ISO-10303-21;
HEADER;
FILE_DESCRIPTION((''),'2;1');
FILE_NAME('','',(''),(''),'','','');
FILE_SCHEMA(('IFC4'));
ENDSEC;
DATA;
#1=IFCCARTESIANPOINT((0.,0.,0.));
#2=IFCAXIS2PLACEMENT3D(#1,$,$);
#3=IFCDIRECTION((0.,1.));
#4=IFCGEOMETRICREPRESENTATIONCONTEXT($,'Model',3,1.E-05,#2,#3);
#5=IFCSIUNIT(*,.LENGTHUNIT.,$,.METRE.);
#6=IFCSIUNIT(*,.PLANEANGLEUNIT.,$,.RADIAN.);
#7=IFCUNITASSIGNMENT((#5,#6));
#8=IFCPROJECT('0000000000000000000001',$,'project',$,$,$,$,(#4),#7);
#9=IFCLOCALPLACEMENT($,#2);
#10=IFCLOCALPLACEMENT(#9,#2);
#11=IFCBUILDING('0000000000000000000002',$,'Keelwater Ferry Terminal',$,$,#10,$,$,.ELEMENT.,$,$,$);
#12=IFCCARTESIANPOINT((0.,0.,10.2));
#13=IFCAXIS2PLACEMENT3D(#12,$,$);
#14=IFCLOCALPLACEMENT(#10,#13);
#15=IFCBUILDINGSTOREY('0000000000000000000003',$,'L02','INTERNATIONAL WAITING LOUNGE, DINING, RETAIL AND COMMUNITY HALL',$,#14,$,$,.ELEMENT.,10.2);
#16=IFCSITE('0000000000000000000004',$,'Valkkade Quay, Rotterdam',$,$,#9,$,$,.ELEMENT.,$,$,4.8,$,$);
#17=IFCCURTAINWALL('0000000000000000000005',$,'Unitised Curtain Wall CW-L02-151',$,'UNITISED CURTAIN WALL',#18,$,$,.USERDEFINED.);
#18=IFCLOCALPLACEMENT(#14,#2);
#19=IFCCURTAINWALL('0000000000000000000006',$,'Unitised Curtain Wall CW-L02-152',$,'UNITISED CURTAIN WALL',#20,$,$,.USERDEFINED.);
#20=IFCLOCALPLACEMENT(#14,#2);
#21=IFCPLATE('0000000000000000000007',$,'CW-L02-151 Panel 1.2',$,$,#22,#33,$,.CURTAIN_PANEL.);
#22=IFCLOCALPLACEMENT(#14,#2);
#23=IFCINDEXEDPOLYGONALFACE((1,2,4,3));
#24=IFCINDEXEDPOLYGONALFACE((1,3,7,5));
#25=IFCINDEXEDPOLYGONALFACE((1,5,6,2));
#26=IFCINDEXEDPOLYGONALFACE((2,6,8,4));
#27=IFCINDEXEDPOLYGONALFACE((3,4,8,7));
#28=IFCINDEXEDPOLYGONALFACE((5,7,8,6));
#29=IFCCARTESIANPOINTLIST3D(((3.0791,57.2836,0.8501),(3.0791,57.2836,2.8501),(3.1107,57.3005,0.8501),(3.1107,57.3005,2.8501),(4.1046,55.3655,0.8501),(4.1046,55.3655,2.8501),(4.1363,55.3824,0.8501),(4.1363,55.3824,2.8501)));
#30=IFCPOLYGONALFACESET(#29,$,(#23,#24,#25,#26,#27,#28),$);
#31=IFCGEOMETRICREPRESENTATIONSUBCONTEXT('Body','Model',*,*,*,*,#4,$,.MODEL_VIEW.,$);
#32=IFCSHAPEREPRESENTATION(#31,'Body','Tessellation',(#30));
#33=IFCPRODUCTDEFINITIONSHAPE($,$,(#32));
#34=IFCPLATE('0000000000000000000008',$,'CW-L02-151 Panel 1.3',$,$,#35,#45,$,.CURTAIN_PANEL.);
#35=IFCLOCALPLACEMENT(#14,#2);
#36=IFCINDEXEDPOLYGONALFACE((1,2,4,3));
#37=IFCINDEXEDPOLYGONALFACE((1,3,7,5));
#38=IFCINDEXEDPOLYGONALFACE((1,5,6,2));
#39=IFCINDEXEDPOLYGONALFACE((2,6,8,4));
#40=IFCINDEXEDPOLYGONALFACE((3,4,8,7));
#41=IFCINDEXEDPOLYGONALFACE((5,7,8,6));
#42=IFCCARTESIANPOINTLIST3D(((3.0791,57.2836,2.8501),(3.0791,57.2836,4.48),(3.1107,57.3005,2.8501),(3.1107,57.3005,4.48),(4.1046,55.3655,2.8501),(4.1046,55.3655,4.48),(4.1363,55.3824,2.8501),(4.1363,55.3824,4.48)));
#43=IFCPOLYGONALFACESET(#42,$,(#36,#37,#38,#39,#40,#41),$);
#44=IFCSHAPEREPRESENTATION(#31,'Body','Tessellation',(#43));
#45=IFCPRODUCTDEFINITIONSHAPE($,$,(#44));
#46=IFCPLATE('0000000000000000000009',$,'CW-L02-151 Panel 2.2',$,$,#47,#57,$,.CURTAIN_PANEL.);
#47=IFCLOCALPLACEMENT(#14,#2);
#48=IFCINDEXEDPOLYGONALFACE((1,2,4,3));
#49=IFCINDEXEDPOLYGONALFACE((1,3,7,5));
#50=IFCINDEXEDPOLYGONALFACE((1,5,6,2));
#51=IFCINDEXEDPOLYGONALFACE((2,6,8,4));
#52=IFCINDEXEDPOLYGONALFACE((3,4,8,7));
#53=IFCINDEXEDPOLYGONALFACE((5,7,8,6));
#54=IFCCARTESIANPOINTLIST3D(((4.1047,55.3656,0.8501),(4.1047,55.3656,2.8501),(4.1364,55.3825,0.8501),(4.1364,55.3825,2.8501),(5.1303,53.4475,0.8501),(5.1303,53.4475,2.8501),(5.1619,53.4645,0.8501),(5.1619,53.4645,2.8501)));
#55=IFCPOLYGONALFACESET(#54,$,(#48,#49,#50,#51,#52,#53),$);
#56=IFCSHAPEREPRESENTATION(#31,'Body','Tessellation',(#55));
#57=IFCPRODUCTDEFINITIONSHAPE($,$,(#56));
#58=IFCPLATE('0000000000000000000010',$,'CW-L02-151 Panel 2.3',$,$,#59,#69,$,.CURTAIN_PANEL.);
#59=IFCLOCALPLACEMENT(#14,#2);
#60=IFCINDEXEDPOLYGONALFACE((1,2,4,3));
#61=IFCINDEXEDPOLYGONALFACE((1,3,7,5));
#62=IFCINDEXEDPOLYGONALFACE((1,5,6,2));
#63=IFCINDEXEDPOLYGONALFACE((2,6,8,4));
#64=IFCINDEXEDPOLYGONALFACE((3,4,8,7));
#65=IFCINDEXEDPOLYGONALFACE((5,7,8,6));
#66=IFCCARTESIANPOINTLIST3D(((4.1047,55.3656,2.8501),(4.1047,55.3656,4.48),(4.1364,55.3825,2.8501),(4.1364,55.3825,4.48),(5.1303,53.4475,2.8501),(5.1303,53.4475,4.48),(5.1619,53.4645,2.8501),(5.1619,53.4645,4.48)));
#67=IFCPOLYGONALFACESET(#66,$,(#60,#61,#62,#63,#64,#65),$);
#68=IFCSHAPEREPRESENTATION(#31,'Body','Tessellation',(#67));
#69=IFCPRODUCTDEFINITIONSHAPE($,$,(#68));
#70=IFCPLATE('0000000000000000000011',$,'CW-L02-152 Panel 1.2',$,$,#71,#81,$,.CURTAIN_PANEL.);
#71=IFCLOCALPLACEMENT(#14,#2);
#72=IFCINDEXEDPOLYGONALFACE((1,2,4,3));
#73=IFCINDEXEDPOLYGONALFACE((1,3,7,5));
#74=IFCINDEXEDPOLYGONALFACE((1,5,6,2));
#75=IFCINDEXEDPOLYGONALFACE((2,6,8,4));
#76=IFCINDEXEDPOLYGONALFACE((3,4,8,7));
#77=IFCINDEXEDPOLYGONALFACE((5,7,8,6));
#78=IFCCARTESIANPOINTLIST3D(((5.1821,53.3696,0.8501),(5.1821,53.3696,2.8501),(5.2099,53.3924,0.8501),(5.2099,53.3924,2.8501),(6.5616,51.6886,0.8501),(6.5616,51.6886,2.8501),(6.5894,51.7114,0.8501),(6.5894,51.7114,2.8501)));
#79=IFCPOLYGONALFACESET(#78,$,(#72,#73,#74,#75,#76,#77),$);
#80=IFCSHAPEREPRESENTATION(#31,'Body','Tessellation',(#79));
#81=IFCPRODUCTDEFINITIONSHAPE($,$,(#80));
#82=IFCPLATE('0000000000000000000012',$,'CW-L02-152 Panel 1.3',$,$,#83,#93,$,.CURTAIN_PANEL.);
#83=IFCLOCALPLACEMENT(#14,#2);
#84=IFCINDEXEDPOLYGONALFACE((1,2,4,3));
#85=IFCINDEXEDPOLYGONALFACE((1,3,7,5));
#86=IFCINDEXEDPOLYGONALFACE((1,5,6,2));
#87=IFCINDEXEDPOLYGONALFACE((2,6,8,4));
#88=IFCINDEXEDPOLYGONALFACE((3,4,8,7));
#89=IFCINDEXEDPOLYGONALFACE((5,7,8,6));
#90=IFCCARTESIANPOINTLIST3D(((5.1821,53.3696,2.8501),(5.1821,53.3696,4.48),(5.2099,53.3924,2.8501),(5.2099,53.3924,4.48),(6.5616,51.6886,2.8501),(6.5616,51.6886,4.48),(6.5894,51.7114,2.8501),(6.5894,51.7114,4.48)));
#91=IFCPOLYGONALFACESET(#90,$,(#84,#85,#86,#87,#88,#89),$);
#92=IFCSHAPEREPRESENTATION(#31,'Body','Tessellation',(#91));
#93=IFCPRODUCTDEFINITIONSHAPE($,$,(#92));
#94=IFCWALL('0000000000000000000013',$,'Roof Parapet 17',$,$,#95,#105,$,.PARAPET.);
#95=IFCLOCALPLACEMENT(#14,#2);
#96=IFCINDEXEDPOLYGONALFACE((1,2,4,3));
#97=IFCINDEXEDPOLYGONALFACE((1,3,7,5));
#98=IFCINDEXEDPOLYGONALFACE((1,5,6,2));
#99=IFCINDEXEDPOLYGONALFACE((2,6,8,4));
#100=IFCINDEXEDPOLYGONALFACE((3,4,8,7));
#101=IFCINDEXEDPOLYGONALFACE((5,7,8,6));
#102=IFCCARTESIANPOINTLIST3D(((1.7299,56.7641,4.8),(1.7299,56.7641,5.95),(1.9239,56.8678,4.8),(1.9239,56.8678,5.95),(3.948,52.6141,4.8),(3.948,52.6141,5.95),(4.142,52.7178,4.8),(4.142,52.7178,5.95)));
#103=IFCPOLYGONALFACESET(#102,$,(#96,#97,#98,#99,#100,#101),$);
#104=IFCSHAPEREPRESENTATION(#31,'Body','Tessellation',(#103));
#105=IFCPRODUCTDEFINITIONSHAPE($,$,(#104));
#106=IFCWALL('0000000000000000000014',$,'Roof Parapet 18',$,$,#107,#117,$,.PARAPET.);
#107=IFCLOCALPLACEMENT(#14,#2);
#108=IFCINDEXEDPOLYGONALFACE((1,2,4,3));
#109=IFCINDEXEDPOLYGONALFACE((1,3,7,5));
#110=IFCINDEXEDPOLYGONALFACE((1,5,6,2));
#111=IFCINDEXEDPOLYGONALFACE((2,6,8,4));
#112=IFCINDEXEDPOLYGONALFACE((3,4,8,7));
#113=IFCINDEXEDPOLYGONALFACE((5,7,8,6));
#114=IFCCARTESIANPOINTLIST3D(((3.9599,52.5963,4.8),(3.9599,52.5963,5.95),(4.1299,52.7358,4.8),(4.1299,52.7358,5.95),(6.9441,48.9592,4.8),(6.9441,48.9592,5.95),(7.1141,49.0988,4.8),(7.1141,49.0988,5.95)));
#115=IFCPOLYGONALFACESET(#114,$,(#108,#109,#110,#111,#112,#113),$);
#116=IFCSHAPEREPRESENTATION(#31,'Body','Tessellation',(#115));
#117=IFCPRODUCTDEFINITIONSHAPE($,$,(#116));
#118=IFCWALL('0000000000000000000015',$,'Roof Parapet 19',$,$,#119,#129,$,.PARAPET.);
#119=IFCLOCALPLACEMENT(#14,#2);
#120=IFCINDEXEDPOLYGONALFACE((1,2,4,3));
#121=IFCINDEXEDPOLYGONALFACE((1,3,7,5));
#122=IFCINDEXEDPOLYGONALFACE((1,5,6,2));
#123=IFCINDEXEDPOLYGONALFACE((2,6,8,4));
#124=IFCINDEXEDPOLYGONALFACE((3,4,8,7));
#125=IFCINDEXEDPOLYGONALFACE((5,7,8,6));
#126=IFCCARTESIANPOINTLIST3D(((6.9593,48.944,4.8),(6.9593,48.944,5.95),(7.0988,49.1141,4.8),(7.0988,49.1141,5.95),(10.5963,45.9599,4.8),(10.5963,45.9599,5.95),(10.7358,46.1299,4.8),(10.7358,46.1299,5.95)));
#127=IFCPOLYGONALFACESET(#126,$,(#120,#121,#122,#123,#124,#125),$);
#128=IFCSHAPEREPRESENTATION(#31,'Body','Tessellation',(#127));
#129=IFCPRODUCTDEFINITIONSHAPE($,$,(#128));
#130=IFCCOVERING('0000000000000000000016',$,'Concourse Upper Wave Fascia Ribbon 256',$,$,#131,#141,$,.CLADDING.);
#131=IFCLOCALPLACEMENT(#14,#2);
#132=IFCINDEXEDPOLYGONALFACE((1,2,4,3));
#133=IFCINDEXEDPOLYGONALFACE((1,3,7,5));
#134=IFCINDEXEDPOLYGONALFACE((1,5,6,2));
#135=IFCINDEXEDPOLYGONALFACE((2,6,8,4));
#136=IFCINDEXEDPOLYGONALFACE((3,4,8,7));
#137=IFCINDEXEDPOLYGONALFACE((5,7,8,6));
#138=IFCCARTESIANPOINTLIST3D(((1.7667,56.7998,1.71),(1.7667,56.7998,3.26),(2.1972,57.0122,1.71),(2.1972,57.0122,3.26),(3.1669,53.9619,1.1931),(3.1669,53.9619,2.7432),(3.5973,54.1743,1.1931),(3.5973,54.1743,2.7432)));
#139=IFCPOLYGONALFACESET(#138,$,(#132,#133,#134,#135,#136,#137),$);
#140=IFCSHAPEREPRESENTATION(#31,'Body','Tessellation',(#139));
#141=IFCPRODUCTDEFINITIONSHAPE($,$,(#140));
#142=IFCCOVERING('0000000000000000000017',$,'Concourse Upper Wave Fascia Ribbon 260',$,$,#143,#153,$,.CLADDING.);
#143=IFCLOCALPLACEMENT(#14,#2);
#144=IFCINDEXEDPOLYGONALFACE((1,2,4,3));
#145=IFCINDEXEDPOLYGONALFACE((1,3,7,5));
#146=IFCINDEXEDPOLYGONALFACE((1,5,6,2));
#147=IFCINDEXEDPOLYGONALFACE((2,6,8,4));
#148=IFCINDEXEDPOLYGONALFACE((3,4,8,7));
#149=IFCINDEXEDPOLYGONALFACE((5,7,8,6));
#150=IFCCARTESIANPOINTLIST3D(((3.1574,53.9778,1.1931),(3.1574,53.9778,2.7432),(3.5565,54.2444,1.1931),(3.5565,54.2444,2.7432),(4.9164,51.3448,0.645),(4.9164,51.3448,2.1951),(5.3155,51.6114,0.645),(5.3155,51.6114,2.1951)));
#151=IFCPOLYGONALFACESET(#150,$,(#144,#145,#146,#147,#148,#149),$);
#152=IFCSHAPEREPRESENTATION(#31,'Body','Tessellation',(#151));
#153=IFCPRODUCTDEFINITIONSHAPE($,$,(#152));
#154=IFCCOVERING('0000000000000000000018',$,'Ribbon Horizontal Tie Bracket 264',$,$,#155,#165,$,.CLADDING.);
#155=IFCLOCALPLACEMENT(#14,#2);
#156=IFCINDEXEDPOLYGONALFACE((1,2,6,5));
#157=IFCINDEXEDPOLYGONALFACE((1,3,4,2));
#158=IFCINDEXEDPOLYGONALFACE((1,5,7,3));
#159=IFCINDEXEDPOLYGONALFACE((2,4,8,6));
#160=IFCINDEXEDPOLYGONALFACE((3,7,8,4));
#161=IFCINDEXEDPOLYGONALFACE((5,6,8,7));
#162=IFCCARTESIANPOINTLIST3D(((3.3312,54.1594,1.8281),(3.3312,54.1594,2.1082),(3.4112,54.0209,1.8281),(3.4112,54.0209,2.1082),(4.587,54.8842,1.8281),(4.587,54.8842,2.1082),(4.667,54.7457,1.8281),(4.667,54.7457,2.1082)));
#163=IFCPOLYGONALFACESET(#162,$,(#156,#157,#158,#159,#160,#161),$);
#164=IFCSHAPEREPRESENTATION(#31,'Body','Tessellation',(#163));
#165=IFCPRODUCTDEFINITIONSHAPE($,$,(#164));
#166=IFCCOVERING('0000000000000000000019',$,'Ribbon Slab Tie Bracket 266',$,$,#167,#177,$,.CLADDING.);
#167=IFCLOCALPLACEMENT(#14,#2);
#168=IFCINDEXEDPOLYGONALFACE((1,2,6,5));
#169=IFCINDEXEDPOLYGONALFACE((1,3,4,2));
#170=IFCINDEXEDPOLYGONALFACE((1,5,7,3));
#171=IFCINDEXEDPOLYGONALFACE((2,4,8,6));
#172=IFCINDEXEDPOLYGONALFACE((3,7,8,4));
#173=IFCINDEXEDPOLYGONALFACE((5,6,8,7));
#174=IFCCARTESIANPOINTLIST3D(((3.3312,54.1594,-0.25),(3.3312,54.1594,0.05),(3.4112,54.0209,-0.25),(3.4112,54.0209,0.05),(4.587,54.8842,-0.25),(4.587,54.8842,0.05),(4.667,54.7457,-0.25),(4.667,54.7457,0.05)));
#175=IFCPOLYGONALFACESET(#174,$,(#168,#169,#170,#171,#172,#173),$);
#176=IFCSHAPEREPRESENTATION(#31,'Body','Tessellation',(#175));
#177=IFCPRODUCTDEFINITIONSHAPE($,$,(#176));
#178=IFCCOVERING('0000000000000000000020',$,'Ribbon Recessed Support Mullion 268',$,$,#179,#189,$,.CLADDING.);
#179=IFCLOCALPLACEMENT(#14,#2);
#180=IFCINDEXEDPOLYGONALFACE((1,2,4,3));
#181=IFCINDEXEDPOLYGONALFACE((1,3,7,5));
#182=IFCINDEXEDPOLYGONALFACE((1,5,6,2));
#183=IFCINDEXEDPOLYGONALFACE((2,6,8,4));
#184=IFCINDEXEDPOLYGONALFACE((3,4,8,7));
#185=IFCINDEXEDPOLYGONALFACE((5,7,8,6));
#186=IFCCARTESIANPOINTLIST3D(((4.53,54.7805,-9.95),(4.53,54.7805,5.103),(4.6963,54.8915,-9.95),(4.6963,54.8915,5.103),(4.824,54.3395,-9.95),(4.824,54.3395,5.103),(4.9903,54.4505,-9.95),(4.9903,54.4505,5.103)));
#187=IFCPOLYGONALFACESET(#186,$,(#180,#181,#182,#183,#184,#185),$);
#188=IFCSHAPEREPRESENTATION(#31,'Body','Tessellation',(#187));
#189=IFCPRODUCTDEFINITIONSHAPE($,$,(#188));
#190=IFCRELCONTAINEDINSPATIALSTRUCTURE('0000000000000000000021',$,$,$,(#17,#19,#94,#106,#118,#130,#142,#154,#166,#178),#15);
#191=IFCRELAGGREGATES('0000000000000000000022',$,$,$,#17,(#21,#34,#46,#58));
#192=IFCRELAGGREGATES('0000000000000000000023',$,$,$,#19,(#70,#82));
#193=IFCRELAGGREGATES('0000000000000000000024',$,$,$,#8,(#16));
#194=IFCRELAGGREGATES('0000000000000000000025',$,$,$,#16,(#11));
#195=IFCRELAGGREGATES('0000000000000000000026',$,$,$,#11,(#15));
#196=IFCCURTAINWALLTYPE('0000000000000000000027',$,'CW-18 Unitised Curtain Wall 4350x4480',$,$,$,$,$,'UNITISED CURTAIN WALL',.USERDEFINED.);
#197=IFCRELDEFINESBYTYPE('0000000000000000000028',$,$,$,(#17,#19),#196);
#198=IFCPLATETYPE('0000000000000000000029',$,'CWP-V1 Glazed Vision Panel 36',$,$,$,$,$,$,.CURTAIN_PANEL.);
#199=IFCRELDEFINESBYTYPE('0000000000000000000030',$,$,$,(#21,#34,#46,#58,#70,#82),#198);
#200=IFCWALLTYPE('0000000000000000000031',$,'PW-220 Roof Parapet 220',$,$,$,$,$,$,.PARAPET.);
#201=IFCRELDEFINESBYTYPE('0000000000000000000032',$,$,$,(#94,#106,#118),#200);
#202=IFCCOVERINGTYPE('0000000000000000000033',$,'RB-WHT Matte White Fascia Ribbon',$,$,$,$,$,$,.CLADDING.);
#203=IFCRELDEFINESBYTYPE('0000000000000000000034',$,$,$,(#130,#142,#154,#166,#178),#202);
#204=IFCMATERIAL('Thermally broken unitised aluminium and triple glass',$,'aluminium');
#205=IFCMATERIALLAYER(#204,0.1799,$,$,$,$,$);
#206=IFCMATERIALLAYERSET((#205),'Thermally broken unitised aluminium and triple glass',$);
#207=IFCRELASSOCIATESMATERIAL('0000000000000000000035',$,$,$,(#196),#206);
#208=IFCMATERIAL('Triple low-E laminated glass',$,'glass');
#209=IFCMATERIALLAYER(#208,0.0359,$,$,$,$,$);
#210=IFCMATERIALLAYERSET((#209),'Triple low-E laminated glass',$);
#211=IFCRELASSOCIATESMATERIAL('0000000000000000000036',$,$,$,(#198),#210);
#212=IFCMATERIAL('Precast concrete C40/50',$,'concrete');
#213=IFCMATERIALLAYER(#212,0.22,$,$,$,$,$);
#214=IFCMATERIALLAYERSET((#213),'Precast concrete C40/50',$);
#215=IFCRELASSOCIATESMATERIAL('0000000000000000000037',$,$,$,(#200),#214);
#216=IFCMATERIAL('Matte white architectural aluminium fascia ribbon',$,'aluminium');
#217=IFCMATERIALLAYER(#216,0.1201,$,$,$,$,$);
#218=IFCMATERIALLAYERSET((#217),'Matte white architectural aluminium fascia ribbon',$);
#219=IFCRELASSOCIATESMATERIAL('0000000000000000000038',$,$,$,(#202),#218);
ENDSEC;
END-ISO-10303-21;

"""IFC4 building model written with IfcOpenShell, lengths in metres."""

from ifc_helpers import new_model, si_unit, direction, frame, frame_2d, origin, origin_2d, place, context, subcontext, project, spatial, polyline, rectangle, outline, extrude, material, layer, layer_set, type_object, element, aggregate, save


model = new_model("IFC4")

# Units and contexts
model_context = context("Model", 3, precision=1e-05, world=origin(), true_north=direction((0.0, 1.0)))
body_context = subcontext(model_context, "Body", "Model", "MODEL_VIEW")
ifc_project = project(units=[si_unit("LENGTHUNIT", "METRE"), si_unit("PLANEANGLEUNIT", "RADIAN")], contexts=[model_context])

# Site, building, storey
site_placement = place(None, origin())
site = spatial("IfcSite", under=ifc_project, at=site_placement, Name="Valkkade Quay, Rotterdam", CompositionType="ELEMENT", RefElevation=4.8)
building_placement = place(site_placement, origin())
building = spatial("IfcBuilding", under=site, at=building_placement, Name="Keelwater Ferry Terminal", CompositionType="ELEMENT")
storey_placement = place(building_placement, frame((0.0, 0.0, 10.2)))
storey = spatial("IfcBuildingStorey", under=building, at=storey_placement, Name="L02", Description="INTERNATIONAL WAITING LOUNGE, DINING, RETAIL AND COMMUNITY HALL", CompositionType="ELEMENT", Elevation=10.2)

# Curtain walls
ifc_material_1 = material(Name="Thermally broken unitised aluminium and triple glass", Category="aluminium")
ifc_layer_1 = layer(ifc_material_1, 0.1799)
ifc_layer_set_1 = layer_set([ifc_layer_1], Name="Thermally broken unitised aluminium and triple glass")
curtain_wall_type = type_object("IfcCurtainWallType", Name="CW-18 Unitised Curtain Wall 4350x4480", ElementType="UNITISED CURTAIN WALL", PredefinedType="USERDEFINED", material=ifc_layer_set_1)
curtain_wall_1_placement = place(storey_placement, origin())
curtain_wall_1 = element("IfcCurtainWall", 1, at=curtain_wall_1_placement, inside=storey, type_object=curtain_wall_type, Name="Unitised Curtain Wall CW-L02-151", ObjectType="UNITISED CURTAIN WALL", PredefinedType="USERDEFINED")
curtain_wall_2_placement = place(storey_placement, origin())
curtain_wall_2 = element("IfcCurtainWall", 2, at=curtain_wall_2_placement, inside=storey, type_object=curtain_wall_type, Name="Unitised Curtain Wall CW-L02-152", ObjectType="UNITISED CURTAIN WALL", PredefinedType="USERDEFINED")

# Plates
ifc_material_2 = material(Name="Triple low-E laminated glass", Category="glass")
ifc_layer_2 = layer(ifc_material_2, 0.0359)
ifc_layer_set_2 = layer_set([ifc_layer_2], Name="Triple low-E laminated glass")
plate_type_1 = type_object("IfcPlateType", Name="CWP-V1 Glazed Vision Panel 36", PredefinedType="CURTAIN_PANEL", material=ifc_layer_set_2)
plate_1_placement = place(storey_placement, frame((3.6077, 56.333, 0.8501), z_axis=(0.0, 0.0, 1.0), x_axis=(0.471507, -0.881862, 0.0)))
plate_1 = element("IfcPlate", 3, at=plate_1_placement, type_object=plate_type_1, Name="CW-L02-151 Panel 1.2", PredefinedType="CURTAIN_PANEL", context=body_context, shape_type="SweptSolid", body=[
    extrude(rectangle(XDim=2.175, YDim=0.0359, at=origin_2d()), origin(), (0.0, 0.0, 1.0), 2.0),
])
plate_2_placement = place(storey_placement, frame((3.6077, 56.333, 2.8501), z_axis=(0.0, 0.0, 1.0), x_axis=(0.471507, -0.881862, 0.0)))
plate_2 = element("IfcPlate", 4, at=plate_2_placement, type_object=plate_type_1, Name="CW-L02-151 Panel 1.3", PredefinedType="CURTAIN_PANEL", context=body_context, shape_type="SweptSolid", body=[
    extrude(rectangle(XDim=2.175, YDim=0.0359, at=origin_2d()), origin(), (0.0, 0.0, 1.0), 1.6299),
])
plate_3_placement = place(storey_placement, frame((4.6333, 54.415, 0.8501), z_axis=(0.0, 0.0, 1.0), x_axis=(0.471507, -0.881862, 0.0)))
plate_3 = element("IfcPlate", 5, at=plate_3_placement, type_object=plate_type_1, Name="CW-L02-151 Panel 2.2", PredefinedType="CURTAIN_PANEL", context=body_context, shape_type="SweptSolid", body=[
    extrude(rectangle(XDim=2.175, YDim=0.0359, at=origin_2d()), origin(), (0.0, 0.0, 1.0), 2.0),
])
plate_4_placement = place(storey_placement, frame((4.6333, 54.415, 2.8501), z_axis=(0.0, 0.0, 1.0), x_axis=(0.471507, -0.881862, 0.0)))
plate_4 = element("IfcPlate", 6, at=plate_4_placement, type_object=plate_type_1, Name="CW-L02-151 Panel 2.3", PredefinedType="CURTAIN_PANEL", context=body_context, shape_type="SweptSolid", body=[
    extrude(rectangle(XDim=2.175, YDim=0.0359, at=origin_2d()), origin(), (0.0, 0.0, 1.0), 1.6299),
])
aggregate(curtain_wall_1, [plate_1, plate_2, plate_3, plate_4])
plate_5_placement = place(storey_placement, frame((5.8857, 52.5405, 0.8501), z_axis=(0.0, 0.0, 1.0), x_axis=(0.634377, -0.773024, 0.0)))
plate_5 = element("IfcPlate", 7, at=plate_5_placement, type_object=plate_type_1, Name="CW-L02-152 Panel 1.2", PredefinedType="CURTAIN_PANEL", context=body_context, shape_type="SweptSolid", body=[
    extrude(rectangle(XDim=2.1746, YDim=0.0359, at=origin_2d()), origin(), (0.0, 0.0, 1.0), 2.0),
])
plate_6_placement = place(storey_placement, frame((5.8857, 52.5405, 2.8501), z_axis=(0.0, 0.0, 1.0), x_axis=(0.634377, -0.773024, 0.0)))
plate_6 = element("IfcPlate", 8, at=plate_6_placement, type_object=plate_type_1, Name="CW-L02-152 Panel 1.3", PredefinedType="CURTAIN_PANEL", context=body_context, shape_type="SweptSolid", body=[
    extrude(rectangle(XDim=2.1746, YDim=0.0359, at=origin_2d()), origin(), (0.0, 0.0, 1.0), 1.6299),
])
aggregate(curtain_wall_2, [plate_5, plate_6])

# Walls
ifc_material_3 = material(Name="Precast concrete C40/50", Category="concrete")
ifc_layer_3 = layer(ifc_material_3, 0.22)
ifc_layer_set_3 = layer_set([ifc_layer_3], Name="Precast concrete C40/50")
wall_type = type_object("IfcWallType", Name="PW-220 Roof Parapet 220", PredefinedType="PARAPET", material=ifc_layer_set_3)
wall_placement = place(storey_placement, frame((1.8269, 56.8159, 4.8), z_axis=(0.0, 0.0, 1.0), x_axis=(0.471372, -0.881935, 0.0)))
element("IfcWall", 9, at=wall_placement, inside=storey, type_object=wall_type, Name="Roof Parapet 17", PredefinedType="PARAPET", context=body_context, shape_type="SweptSolid", body=[
    extrude(rectangle(XDim=4.7056, YDim=0.22, at=frame_2d((2.3528, 0.0))), origin(), (0.0, 0.0, 1.0), 1.1499),
])
for number, where, z_axis, x_axis, name in (
    (10, (4.0449, 52.666, 4.8), (0.0, 0.0, 1.0), (0.634311, -0.773078, 0.0), "Roof Parapet 18"),
    (11, (7.0291, 49.0291, 4.8), (0.0, 0.0, 1.0), (0.773078, -0.634311, 0.0), "Roof Parapet 19"),
):
    element("IfcWall", number, at=place(storey_placement, frame(where, z_axis=z_axis, x_axis=x_axis)), inside=storey, type_object=wall_type, Name=name, PredefinedType="PARAPET", context=body_context, shape_type="SweptSolid", body=[
        extrude(rectangle(XDim=4.7046, YDim=0.22, at=frame_2d((2.3523, 0.0))), origin(), (0.0, 0.0, 1.0), 1.1499),
    ])

# Coverings
ifc_material_4 = material(Name="Matte white architectural aluminium fascia ribbon", Category="aluminium")
ifc_layer_4 = layer(ifc_material_4, 0.1201)
ifc_layer_set_4 = layer_set([ifc_layer_4], Name="Matte white architectural aluminium fascia ribbon")
covering_type = type_object("IfcCoveringType", Name="RB-WHT Matte White Fascia Ribbon", PredefinedType="CLADDING", material=ifc_layer_set_4)
covering_1_placement = place(storey_placement, frame((1.9819, 56.906, 1.1931), z_axis=(0.0, 0.0, 1.0), x_axis=(0.442455, -0.896791, 0.0)))
element("IfcCovering", 12, at=covering_1_placement, inside=storey, type_object=covering_type, Name="Concourse Upper Wave Fascia Ribbon 256", PredefinedType="CLADDING", context=body_context, shape_type="SweptSolid", body=[
    extrude(outline(polyline([(0.0, 0.5168), (3.1646, 0.0), (3.1646, 1.55), (0.0, 2.0669), (0.0, 0.5168)])), frame((0.0, 0.24, 0.0), z_axis=(0.0, -1.0, 0.0), x_axis=(1.0, 0.0, 0.0)), (0.0, 0.0, 1.0), 0.48),
])
covering_2_placement = place(storey_placement, frame((3.3569, 54.1111, 0.645), z_axis=(0.0, 0.0, 1.0), x_axis=(0.555501, -0.831516, 0.0)))
element("IfcCovering", 13, at=covering_2_placement, inside=storey, type_object=covering_type, Name="Concourse Upper Wave Fascia Ribbon 260", PredefinedType="CLADDING", context=body_context, shape_type="SweptSolid", body=[
    extrude(outline(polyline([(0.0, 0.5481), (3.1665, 0.0), (3.1665, 1.55), (0.0, 2.0981), (0.0, 0.5481)])), frame((0.0, 0.24, 0.0), z_axis=(0.0, -1.0, 0.0), x_axis=(1.0, 0.0, 0.0)), (0.0, 0.0, 1.0), 0.48),
])
covering_3_placement = place(storey_placement, frame((3.3711, 54.0901, 1.8281), z_axis=(0.0, 0.0, 1.0), x_axis=(0.86609, 0.499888, 0.0)))
element("IfcCovering", 14, at=covering_3_placement, inside=storey, type_object=covering_type, Name="Ribbon Horizontal Tie Bracket 264", PredefinedType="CLADDING", context=body_context, shape_type="SweptSolid", body=[
    extrude(rectangle(XDim=1.45, YDim=0.1599, at=frame_2d((0.7251, 0.0))), origin(), (0.0, 0.0, 1.0), 0.28),
])
covering_4_placement = place(storey_placement, frame((3.3711, 54.0901, -0.25), z_axis=(0.0, 0.0, 1.0), x_axis=(0.86609, 0.499888, 0.0)))
element("IfcCovering", 15, at=covering_4_placement, inside=storey, type_object=covering_type, Name="Ribbon Slab Tie Bracket 266", PredefinedType="CLADDING", context=body_context, shape_type="SweptSolid", body=[
    extrude(rectangle(XDim=1.45, YDim=0.1599, at=frame_2d((0.7251, 0.0))), origin(), (0.0, 0.0, 1.0), 0.3),
])
covering_5_placement = place(storey_placement, frame((4.613, 54.8359, -9.95), z_axis=(0.0, 0.0, 1.0), x_axis=(0.5547, -0.83205, 0.0)))
element("IfcCovering", 16, at=covering_5_placement, inside=storey, type_object=covering_type, Name="Ribbon Recessed Support Mullion 268", PredefinedType="CLADDING", context=body_context, shape_type="SweptSolid", body=[
    extrude(outline(polyline([(0.0, 0.0), (0.53, 0.0), (0.53, 15.053), (0.0, 15.053), (0.0, 0.0)])), frame((0.0, 0.1001, 0.0), z_axis=(0.0, -1.0, 0.0), x_axis=(1.0, 0.0, 0.0)), (0.0, 0.0, 1.0), 0.2),
])

save(model, "model.ifc")
